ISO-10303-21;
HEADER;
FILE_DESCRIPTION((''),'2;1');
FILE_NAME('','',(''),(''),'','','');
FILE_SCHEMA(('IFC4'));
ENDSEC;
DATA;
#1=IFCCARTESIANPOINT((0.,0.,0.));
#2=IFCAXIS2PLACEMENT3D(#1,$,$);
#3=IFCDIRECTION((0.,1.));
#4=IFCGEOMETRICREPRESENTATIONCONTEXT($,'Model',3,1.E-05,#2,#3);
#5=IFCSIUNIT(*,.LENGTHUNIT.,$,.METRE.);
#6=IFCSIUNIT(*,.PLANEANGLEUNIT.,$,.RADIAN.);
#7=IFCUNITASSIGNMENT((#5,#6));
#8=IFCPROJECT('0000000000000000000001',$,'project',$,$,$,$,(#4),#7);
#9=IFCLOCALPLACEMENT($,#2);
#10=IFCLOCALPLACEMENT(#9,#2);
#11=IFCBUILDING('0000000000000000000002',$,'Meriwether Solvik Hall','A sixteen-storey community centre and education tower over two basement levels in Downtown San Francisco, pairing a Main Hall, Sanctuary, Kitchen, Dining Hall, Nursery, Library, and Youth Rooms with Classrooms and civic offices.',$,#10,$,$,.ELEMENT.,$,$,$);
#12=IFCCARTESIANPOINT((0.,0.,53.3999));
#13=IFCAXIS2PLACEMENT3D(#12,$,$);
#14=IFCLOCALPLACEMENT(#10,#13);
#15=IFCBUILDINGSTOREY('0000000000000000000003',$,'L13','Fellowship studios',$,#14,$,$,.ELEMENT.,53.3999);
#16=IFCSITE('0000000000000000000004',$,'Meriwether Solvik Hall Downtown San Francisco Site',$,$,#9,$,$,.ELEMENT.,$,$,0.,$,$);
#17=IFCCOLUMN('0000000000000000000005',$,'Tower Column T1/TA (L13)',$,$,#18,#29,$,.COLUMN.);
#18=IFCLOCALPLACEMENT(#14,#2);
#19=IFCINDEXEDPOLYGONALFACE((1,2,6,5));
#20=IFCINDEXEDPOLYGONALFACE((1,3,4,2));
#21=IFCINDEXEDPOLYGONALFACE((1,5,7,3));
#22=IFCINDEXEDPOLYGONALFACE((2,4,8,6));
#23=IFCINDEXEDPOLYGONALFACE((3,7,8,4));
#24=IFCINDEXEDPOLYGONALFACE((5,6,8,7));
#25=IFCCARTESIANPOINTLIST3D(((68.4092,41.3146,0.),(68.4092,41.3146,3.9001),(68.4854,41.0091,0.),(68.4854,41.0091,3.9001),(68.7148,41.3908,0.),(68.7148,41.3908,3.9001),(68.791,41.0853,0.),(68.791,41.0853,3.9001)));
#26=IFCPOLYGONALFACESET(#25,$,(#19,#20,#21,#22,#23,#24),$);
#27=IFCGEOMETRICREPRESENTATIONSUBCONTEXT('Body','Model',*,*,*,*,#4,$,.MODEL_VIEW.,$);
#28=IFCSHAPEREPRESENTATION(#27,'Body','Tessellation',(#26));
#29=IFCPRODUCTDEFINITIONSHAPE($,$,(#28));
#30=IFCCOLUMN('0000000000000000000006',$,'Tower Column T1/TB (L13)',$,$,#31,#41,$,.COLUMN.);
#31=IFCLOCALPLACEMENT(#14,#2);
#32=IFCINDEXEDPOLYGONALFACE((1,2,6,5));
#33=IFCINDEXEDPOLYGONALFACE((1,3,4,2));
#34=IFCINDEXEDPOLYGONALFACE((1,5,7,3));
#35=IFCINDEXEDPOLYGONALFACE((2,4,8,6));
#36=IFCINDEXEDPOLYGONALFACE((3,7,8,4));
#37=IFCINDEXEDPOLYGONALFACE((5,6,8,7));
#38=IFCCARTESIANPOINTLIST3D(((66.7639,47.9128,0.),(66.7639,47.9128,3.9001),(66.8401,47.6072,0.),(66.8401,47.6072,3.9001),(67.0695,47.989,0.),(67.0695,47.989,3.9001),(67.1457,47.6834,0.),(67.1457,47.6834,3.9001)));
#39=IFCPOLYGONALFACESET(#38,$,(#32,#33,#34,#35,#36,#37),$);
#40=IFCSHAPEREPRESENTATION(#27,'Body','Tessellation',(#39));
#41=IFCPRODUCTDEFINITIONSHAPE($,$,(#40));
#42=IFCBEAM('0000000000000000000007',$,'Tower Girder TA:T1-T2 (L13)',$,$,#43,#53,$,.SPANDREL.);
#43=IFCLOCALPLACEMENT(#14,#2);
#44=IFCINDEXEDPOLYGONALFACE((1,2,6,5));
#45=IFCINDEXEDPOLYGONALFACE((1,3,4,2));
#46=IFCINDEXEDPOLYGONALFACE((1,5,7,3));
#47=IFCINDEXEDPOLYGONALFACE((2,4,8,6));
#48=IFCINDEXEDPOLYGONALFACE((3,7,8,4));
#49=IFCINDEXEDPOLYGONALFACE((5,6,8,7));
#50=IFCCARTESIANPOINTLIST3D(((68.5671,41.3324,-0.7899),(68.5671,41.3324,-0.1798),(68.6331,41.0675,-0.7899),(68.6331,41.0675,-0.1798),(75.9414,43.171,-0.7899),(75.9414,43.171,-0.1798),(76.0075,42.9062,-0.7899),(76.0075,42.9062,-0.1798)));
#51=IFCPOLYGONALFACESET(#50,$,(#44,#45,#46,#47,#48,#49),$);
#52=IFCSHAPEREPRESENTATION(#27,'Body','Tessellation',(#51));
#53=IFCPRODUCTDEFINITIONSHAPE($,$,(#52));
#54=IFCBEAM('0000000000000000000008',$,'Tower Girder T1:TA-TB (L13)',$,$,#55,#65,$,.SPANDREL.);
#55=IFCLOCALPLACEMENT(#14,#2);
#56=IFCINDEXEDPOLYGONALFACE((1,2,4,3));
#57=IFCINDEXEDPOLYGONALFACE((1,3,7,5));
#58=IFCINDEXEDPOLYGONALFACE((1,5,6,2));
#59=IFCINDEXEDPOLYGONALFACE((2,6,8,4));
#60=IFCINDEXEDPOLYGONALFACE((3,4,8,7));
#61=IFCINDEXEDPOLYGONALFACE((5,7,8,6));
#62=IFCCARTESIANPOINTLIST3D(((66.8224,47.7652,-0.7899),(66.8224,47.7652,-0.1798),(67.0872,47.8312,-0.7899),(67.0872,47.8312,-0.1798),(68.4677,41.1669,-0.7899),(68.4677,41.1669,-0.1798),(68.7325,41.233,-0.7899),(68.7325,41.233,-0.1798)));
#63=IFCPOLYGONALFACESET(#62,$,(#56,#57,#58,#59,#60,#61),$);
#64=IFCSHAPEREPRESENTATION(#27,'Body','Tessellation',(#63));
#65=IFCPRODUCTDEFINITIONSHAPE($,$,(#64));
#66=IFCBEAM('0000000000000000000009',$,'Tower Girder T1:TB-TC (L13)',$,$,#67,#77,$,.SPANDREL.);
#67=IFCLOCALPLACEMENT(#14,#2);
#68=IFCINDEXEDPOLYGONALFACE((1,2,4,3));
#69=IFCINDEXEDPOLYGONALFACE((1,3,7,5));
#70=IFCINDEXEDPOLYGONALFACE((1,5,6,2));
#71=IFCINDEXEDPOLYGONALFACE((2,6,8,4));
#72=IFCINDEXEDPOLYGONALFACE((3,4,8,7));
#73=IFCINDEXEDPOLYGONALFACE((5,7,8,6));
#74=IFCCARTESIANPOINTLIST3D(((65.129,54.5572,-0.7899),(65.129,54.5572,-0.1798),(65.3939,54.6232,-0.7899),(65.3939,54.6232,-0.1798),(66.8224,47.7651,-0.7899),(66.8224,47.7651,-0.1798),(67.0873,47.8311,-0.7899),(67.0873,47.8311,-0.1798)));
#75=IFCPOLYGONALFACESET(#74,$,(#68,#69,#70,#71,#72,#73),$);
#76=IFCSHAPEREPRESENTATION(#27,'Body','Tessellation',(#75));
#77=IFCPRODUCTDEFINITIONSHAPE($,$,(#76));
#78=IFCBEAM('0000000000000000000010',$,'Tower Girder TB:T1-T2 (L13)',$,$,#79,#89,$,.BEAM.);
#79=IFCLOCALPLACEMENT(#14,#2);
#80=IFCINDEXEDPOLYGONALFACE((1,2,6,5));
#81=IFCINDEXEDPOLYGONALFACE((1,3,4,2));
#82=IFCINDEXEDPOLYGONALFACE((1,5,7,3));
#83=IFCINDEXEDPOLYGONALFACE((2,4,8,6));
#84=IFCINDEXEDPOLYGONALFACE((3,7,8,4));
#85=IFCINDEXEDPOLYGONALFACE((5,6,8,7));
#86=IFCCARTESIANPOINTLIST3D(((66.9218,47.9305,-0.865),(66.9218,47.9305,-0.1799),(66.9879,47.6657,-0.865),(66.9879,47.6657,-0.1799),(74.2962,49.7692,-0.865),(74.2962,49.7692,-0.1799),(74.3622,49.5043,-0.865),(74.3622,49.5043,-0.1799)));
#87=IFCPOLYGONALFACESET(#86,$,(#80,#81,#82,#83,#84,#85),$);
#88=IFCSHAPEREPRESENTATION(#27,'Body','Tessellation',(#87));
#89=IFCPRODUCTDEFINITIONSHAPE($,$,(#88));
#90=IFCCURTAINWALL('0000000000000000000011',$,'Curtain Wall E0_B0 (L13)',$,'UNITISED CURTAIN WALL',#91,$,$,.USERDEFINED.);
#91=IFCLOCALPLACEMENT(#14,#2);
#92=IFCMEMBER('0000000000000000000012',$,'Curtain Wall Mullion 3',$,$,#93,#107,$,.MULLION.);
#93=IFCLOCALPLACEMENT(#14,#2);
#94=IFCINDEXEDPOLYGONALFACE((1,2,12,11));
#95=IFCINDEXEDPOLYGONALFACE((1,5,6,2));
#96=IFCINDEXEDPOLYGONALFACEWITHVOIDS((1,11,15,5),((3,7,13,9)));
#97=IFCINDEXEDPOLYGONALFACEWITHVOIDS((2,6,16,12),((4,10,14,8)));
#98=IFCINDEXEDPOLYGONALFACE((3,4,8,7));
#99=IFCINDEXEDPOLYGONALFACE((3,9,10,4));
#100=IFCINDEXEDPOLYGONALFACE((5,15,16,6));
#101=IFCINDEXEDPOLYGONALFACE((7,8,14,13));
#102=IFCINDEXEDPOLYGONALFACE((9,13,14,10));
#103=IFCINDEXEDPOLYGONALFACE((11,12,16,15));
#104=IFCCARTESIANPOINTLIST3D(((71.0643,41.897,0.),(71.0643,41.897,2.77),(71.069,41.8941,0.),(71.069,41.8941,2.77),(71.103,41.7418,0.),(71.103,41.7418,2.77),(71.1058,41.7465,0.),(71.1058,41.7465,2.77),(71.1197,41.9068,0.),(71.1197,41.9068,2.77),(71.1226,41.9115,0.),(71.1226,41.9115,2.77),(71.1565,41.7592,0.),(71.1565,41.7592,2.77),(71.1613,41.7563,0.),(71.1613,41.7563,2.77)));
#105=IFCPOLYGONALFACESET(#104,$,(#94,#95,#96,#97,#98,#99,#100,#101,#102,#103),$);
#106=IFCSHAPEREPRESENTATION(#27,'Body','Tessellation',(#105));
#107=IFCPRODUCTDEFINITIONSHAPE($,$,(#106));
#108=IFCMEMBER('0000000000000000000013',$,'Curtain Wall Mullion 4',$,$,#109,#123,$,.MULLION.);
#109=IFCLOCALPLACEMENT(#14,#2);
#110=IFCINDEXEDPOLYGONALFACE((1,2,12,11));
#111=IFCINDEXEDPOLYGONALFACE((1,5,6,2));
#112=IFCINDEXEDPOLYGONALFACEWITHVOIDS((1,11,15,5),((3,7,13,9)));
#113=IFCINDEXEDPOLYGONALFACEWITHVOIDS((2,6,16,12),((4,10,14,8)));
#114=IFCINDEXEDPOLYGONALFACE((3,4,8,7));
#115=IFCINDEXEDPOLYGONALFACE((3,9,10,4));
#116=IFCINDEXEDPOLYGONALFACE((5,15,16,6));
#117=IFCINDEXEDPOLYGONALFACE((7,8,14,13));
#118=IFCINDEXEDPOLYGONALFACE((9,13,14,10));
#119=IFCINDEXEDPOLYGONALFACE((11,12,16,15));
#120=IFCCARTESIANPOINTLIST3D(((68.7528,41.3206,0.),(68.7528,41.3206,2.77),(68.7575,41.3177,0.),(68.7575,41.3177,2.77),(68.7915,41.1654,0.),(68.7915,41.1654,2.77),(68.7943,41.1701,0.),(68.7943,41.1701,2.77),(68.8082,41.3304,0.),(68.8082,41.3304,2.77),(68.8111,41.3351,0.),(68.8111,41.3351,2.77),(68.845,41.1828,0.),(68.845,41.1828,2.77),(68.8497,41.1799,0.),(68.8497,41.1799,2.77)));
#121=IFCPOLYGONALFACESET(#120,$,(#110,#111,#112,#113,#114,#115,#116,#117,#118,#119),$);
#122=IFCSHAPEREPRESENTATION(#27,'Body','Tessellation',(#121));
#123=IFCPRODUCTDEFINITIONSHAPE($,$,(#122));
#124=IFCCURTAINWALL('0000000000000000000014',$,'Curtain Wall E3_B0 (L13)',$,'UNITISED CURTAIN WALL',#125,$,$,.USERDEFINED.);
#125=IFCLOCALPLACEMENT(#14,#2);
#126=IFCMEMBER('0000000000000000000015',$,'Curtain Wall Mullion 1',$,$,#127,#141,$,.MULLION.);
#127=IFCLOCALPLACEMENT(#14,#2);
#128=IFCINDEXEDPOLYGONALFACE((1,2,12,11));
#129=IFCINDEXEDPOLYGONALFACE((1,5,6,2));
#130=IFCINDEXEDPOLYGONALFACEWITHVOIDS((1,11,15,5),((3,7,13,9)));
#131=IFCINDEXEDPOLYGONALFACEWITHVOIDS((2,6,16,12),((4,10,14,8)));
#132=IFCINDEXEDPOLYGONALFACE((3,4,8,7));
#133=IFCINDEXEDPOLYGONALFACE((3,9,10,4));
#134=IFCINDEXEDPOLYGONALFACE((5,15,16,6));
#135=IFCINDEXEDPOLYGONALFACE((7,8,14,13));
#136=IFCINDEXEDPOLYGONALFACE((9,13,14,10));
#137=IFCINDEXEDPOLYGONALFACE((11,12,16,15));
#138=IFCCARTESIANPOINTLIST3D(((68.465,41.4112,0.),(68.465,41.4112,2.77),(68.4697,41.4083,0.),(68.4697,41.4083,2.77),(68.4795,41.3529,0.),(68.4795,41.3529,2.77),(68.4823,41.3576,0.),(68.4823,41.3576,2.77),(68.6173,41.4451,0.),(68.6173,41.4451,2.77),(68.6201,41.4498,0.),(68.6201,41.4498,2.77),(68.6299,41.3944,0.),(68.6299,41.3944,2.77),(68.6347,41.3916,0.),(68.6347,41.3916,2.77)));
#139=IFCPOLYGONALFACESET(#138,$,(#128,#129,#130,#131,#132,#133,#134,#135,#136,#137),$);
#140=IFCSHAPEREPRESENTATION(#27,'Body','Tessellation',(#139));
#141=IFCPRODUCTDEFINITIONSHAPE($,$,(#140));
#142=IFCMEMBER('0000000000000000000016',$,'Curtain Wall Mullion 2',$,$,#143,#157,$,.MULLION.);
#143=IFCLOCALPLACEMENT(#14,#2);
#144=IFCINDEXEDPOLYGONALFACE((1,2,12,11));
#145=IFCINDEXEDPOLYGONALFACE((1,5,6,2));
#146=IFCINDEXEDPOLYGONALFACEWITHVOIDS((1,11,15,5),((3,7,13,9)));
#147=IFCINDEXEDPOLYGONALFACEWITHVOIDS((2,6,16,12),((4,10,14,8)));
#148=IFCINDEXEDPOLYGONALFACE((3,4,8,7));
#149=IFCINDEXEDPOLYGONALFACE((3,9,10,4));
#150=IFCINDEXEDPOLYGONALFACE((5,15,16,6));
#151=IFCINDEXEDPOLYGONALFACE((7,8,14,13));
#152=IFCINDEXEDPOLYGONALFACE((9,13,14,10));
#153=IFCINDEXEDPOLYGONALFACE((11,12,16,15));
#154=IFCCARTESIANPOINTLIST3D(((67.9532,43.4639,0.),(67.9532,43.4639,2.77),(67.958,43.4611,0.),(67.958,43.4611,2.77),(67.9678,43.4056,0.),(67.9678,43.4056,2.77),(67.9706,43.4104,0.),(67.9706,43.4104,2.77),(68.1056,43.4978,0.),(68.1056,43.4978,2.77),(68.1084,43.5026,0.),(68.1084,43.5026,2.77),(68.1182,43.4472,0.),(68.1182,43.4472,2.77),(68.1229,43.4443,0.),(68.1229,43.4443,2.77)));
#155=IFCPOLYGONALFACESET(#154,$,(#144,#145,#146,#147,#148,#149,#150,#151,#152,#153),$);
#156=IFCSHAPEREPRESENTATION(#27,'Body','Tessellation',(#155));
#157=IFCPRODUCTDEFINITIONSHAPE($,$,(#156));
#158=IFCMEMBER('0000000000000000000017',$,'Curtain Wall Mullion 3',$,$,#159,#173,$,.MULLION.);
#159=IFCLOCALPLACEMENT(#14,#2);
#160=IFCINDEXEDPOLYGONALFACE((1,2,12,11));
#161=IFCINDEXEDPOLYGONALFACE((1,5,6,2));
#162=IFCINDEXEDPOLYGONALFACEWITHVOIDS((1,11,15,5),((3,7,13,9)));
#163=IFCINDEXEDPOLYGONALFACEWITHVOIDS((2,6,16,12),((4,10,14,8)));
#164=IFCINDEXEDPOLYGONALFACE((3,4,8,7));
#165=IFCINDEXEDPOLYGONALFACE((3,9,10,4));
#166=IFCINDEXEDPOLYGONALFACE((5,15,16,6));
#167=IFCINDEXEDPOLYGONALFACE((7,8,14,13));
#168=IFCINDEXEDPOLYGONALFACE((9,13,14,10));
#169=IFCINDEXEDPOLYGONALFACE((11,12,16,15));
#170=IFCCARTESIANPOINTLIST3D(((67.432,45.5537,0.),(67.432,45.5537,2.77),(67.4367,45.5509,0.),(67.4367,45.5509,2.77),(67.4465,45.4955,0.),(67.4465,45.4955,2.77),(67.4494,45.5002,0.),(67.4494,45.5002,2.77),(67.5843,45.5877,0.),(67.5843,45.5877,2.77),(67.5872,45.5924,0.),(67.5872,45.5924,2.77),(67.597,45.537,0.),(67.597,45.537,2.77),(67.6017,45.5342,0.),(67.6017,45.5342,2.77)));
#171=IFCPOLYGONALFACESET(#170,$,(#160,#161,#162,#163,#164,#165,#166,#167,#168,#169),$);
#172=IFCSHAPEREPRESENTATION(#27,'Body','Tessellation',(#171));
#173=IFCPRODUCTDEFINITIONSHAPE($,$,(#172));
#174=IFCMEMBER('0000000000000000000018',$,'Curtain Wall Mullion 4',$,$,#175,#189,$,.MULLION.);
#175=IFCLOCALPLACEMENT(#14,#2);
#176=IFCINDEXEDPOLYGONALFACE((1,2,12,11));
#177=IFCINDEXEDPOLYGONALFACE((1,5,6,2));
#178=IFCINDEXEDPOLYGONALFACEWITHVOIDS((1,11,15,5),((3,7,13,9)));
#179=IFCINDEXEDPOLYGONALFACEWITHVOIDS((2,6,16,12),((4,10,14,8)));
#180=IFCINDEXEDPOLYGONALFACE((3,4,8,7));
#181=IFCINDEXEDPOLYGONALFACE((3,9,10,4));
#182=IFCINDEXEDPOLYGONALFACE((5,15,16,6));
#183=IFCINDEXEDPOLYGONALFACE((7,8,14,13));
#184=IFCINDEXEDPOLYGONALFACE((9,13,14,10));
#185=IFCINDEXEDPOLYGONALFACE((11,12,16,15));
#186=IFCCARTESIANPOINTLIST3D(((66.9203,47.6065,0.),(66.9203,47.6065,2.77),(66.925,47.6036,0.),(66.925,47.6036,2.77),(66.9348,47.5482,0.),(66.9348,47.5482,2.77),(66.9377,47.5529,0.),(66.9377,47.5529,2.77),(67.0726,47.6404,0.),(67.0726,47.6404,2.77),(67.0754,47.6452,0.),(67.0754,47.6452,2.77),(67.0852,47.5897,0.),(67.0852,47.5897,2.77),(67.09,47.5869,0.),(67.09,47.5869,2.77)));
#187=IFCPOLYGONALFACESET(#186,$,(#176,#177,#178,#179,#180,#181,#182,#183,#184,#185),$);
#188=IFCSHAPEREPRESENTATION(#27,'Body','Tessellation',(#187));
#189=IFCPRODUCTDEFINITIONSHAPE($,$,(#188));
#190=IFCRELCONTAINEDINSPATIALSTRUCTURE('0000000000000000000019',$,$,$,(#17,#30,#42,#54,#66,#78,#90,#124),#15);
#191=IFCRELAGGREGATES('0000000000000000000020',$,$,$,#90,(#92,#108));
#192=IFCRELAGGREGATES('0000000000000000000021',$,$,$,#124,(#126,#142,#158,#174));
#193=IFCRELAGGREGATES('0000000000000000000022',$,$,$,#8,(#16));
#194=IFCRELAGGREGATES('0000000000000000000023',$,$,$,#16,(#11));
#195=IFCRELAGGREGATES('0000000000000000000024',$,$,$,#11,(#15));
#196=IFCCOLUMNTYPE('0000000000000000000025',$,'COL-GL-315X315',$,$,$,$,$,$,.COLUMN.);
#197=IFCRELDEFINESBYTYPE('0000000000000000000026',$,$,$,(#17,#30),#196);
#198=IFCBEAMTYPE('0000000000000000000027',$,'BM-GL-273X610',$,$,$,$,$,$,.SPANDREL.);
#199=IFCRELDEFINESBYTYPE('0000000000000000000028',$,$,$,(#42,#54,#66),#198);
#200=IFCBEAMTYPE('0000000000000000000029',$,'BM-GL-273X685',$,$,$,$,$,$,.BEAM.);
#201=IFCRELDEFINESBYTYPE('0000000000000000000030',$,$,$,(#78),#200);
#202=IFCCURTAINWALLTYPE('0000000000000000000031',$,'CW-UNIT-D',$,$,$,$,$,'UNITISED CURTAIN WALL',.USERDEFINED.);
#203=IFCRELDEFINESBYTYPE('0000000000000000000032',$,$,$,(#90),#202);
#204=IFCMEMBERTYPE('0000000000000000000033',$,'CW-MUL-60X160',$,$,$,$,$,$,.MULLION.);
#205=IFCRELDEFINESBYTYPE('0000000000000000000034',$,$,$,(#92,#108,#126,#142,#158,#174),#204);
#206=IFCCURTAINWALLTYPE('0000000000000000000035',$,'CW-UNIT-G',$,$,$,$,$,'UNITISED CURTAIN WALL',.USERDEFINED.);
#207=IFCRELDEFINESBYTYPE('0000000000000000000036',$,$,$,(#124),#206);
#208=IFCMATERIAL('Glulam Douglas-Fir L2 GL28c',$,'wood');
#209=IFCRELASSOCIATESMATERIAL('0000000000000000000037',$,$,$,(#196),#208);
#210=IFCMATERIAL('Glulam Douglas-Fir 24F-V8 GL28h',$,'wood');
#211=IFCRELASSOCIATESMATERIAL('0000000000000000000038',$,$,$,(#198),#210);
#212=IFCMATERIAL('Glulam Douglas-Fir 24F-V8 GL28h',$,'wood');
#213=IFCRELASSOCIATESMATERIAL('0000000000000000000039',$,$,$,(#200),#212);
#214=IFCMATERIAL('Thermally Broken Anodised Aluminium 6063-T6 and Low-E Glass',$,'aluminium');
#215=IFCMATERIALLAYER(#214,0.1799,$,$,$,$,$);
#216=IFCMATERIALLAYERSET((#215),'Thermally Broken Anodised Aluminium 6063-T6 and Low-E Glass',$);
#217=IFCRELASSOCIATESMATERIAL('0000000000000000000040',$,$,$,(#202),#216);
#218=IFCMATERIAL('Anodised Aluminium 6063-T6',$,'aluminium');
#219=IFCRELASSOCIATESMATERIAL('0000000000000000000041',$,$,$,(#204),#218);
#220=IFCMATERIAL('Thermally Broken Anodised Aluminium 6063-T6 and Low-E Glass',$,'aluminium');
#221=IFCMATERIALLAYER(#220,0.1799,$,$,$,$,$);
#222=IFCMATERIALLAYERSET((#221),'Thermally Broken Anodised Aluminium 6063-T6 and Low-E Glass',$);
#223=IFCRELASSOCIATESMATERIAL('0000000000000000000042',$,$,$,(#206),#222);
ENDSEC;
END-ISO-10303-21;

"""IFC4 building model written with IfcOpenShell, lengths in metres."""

from ifc_helpers import new_model, si_unit, direction, frame, origin, origin_2d, place, context, subcontext, project, spatial, rectangle, hollow_rectangle, extrude, material, layer, layer_set, material_profile, profile_set, type_object, element, aggregate, save


model = new_model("IFC4")

# Units and contexts
model_context = context("Model", 3, precision=1e-05, world=origin(), true_north=direction((0.0, 1.0)))
body_context = subcontext(model_context, "Body", "Model", "MODEL_VIEW")
ifc_project = project(units=[si_unit("LENGTHUNIT", "METRE"), si_unit("PLANEANGLEUNIT", "RADIAN")], contexts=[model_context])

# Site, building, storey
site_placement = place(None, origin())
site = spatial("IfcSite", under=ifc_project, at=site_placement, Name="Meriwether Solvik Hall Downtown San Francisco Site", CompositionType="ELEMENT", RefElevation=0.0)
building_placement = place(site_placement, origin())
building = spatial("IfcBuilding", under=site, at=building_placement, Name="Meriwether Solvik Hall", Description="A sixteen-storey community centre and education tower over two basement levels in Downtown San Francisco, pairing a Main Hall, Sanctuary, Kitchen, Dining Hall, Nursery, Library, and Youth Rooms with Classrooms and civic offices.", CompositionType="ELEMENT")
storey_placement = place(building_placement, frame((0.0, 0.0, 53.3999)))
storey = spatial("IfcBuildingStorey", under=building, at=storey_placement, Name="L13", Description="Fellowship studios", CompositionType="ELEMENT", Elevation=53.3999)

# Columns
ifc_material_1 = material(Name="Glulam Douglas-Fir L2 GL28c", Category="wood")
ifc_material_profile_1 = material_profile(ifc_material_1, rectangle(XDim=0.3149, YDim=0.3149, at=origin_2d()), Name="GLC-315X315")
ifc_profile_set_1 = profile_set([ifc_material_profile_1], Name="Glulam Douglas-Fir L2 GL28c")
column_type = type_object("IfcColumnType", Name="COL-GL-315X315", PredefinedType="COLUMN", material=ifc_profile_set_1)
for number, where, z_axis, x_axis, name in (
    (1, (68.6001, 41.2, 0.0), (0.0, 0.0, 1.0), (0.970296, 0.241922, 0.0), "Tower Column T1/TA (L13)"),
    (2, (66.9548, 47.7981, 0.0), (0.0, 0.0, 1.0), (0.970296, 0.241922, 0.0), "Tower Column T1/TB (L13)"),
):
    element("IfcColumn", number, at=place(storey_placement, frame(where, z_axis=z_axis, x_axis=x_axis)), inside=storey, type_object=column_type, Name=name, PredefinedType="COLUMN", context=body_context, shape_type="SweptSolid", body=[
        extrude(rectangle(XDim=0.3149, YDim=0.3149, at=origin_2d()), origin(), (0.0, 0.0, 1.0), 3.9001),
    ])

# Beams
ifc_material_2 = material(Name="Glulam Douglas-Fir 24F-V8 GL28h", Category="wood")
ifc_material_profile_2 = material_profile(ifc_material_2, rectangle(XDim=0.2729, YDim=0.6101, at=origin_2d()), Name="GLB-273X610")
ifc_profile_set_2 = profile_set([ifc_material_profile_2], Name="Glulam Douglas-Fir 24F-V8 GL28h")
beam_type_1 = type_object("IfcBeamType", Name="BM-GL-273X610", PredefinedType="SPANDREL", material=ifc_profile_set_2)
beam_1_placement = place(storey_placement, frame((68.6001, 41.2, -0.4849), z_axis=(0.970295, 0.241923, 0.0), x_axis=(-0.241923, 0.970295, 0.0)))
element("IfcBeam", 3, at=beam_1_placement, inside=storey, type_object=beam_type_1, Name="Tower Girder TA:T1-T2 (L13)", PredefinedType="SPANDREL", context=body_context, shape_type="SweptSolid", body=[
    extrude(rectangle(XDim=0.2729, YDim=0.6101, at=origin_2d()), origin(), (0.0, 0.0, 1.0), 7.6001),
])
beam_2_placement = place(storey_placement, frame((68.6001, 41.2, -0.4849), z_axis=(-0.241944, 0.97029, 0.0), x_axis=(-0.97029, -0.241944, 0.0)))
element("IfcBeam", 4, at=beam_2_placement, inside=storey, type_object=beam_type_1, Name="Tower Girder T1:TA-TB (L13)", PredefinedType="SPANDREL", context=body_context, shape_type="SweptSolid", body=[
    extrude(rectangle(XDim=0.2729, YDim=0.6101, at=origin_2d()), origin(), (0.0, 0.0, 1.0), 6.8003),
])
beam_3_placement = place(storey_placement, frame((66.9548, 47.7981, -0.4849), z_axis=(-0.241912, 0.970298, 0.0), x_axis=(-0.970298, -0.241912, 0.0)))
element("IfcBeam", 5, at=beam_3_placement, inside=storey, type_object=beam_type_1, Name="Tower Girder T1:TB-TC (L13)", PredefinedType="SPANDREL", context=body_context, shape_type="SweptSolid", body=[
    extrude(rectangle(XDim=0.2729, YDim=0.6101, at=origin_2d()), origin(), (0.0, 0.0, 1.0), 7.0),
])
ifc_material_3 = material(Name="Glulam Douglas-Fir 24F-V8 GL28h", Category="wood")
ifc_material_profile_3 = material_profile(ifc_material_3, rectangle(XDim=0.2729, YDim=0.6851, at=origin_2d()), Name="GLB-273X685")
ifc_profile_set_3 = profile_set([ifc_material_profile_3], Name="Glulam Douglas-Fir 24F-V8 GL28h")
beam_type_2 = type_object("IfcBeamType", Name="BM-GL-273X685", PredefinedType="BEAM", material=ifc_profile_set_3)
beam_4_placement = place(storey_placement, frame((66.9548, 47.7981, -0.5225), z_axis=(0.970295, 0.241923, 0.0), x_axis=(-0.241923, 0.970295, 0.0)))
element("IfcBeam", 6, at=beam_4_placement, inside=storey, type_object=beam_type_2, Name="Tower Girder TB:T1-T2 (L13)", PredefinedType="BEAM", context=body_context, shape_type="SweptSolid", body=[
    extrude(rectangle(XDim=0.2729, YDim=0.6851, at=origin_2d()), origin(), (0.0, 0.0, 1.0), 7.6001),
])

# Curtain walls, members
ifc_material_4 = material(Name="Thermally Broken Anodised Aluminium 6063-T6 and Low-E Glass", Category="aluminium")
ifc_layer_1 = layer(ifc_material_4, 0.1799)
ifc_layer_set_1 = layer_set([ifc_layer_1], Name="Thermally Broken Anodised Aluminium 6063-T6 and Low-E Glass")
curtain_wall_type_1 = type_object("IfcCurtainWallType", Name="CW-UNIT-D", ElementType="UNITISED CURTAIN WALL", PredefinedType="USERDEFINED", material=ifc_layer_set_1)
curtain_wall_1_placement = place(storey_placement, origin())
curtain_wall_1 = element("IfcCurtainWall", 7, at=curtain_wall_1_placement, inside=storey, type_object=curtain_wall_type_1, Name="Curtain Wall E0_B0 (L13)", ObjectType="UNITISED CURTAIN WALL", PredefinedType="USERDEFINED")
ifc_material_5 = material(Name="Anodised Aluminium 6063-T6", Category="aluminium")
ifc_material_profile_4 = material_profile(ifc_material_5, hollow_rectangle(XDim=0.0601, YDim=0.1599, WallThickness=0.0039, at=origin_2d()), Name="CWM-60X160")
ifc_profile_set_4 = profile_set([ifc_material_profile_4], Name="Anodised Aluminium 6063-T6")
member_type_1 = type_object("IfcMemberType", Name="CW-MUL-60X160", PredefinedType="MULLION", material=ifc_profile_set_4)
member_1_placement = place(storey_placement, frame((71.1128, 41.8267, 0.0), z_axis=(0.0, 0.0, 1.0), x_axis=(-0.970296, -0.241922, 0.0)))
member_1 = element("IfcMember", 8, at=member_1_placement, type_object=member_type_1, Name="Curtain Wall Mullion 3", PredefinedType="MULLION", context=body_context, shape_type="SweptSolid", body=[
    extrude(hollow_rectangle(XDim=0.0601, YDim=0.1599, WallThickness=0.0039, at=origin_2d()), origin(), (0.0, 0.0, 1.0), 2.77),
])
member_2_placement = place(storey_placement, frame((68.8013, 41.2502, 0.0), z_axis=(0.0, 0.0, 1.0), x_axis=(-0.970296, -0.241922, 0.0)))
member_2 = element("IfcMember", 9, at=member_2_placement, type_object=member_type_1, Name="Curtain Wall Mullion 4", PredefinedType="MULLION", context=body_context, shape_type="SweptSolid", body=[
    extrude(hollow_rectangle(XDim=0.0601, YDim=0.1599, WallThickness=0.0039, at=origin_2d()), origin(), (0.0, 0.0, 1.0), 2.77),
])
ifc_material_6 = material(Name="Thermally Broken Anodised Aluminium 6063-T6 and Low-E Glass", Category="aluminium")
ifc_layer_2 = layer(ifc_material_6, 0.1799)
ifc_layer_set_2 = layer_set([ifc_layer_2], Name="Thermally Broken Anodised Aluminium 6063-T6 and Low-E Glass")
curtain_wall_type_2 = type_object("IfcCurtainWallType", Name="CW-UNIT-G", ElementType="UNITISED CURTAIN WALL", PredefinedType="USERDEFINED", material=ifc_layer_set_2)
curtain_wall_2_placement = place(storey_placement, origin())
curtain_wall_2 = element("IfcCurtainWall", 10, at=curtain_wall_2_placement, inside=storey, type_object=curtain_wall_type_2, Name="Curtain Wall E3_B0 (L13)", ObjectType="UNITISED CURTAIN WALL", PredefinedType="USERDEFINED")
member_3_placement = place(storey_placement, frame((68.5498, 41.4014, 0.0), z_axis=(0.0, 0.0, 1.0), x_axis=(-0.241922, 0.970296, 0.0)))
member_3 = element("IfcMember", 11, at=member_3_placement, type_object=member_type_1, Name="Curtain Wall Mullion 1", PredefinedType="MULLION", context=body_context, shape_type="SweptSolid", body=[
    extrude(hollow_rectangle(XDim=0.0601, YDim=0.1599, WallThickness=0.0039, at=origin_2d()), origin(), (0.0, 0.0, 1.0), 2.77),
])
member_4_placement = place(storey_placement, frame((68.0381, 43.4541, 0.0), z_axis=(0.0, 0.0, 1.0), x_axis=(-0.241922, 0.970296, 0.0)))
member_4 = element("IfcMember", 12, at=member_4_placement, type_object=member_type_1, Name="Curtain Wall Mullion 2", PredefinedType="MULLION", context=body_context, shape_type="SweptSolid", body=[
    extrude(hollow_rectangle(XDim=0.0601, YDim=0.1599, WallThickness=0.0039, at=origin_2d()), origin(), (0.0, 0.0, 1.0), 2.77),
])
member_5_placement = place(storey_placement, frame((67.5168, 45.5439, 0.0), z_axis=(0.0, 0.0, 1.0), x_axis=(-0.241922, 0.970296, 0.0)))
member_5 = element("IfcMember", 13, at=member_5_placement, type_object=member_type_1, Name="Curtain Wall Mullion 3", PredefinedType="MULLION", context=body_context, shape_type="SweptSolid", body=[
    extrude(hollow_rectangle(XDim=0.0601, YDim=0.1599, WallThickness=0.0039, at=origin_2d()), origin(), (0.0, 0.0, 1.0), 2.77),
])
member_6_placement = place(storey_placement, frame((67.0051, 47.5967, 0.0), z_axis=(0.0, 0.0, 1.0), x_axis=(-0.241922, 0.970296, 0.0)))
member_6 = element("IfcMember", 14, at=member_6_placement, type_object=member_type_1, Name="Curtain Wall Mullion 4", PredefinedType="MULLION", context=body_context, shape_type="SweptSolid", body=[
    extrude(hollow_rectangle(XDim=0.0601, YDim=0.1599, WallThickness=0.0039, at=origin_2d()), origin(), (0.0, 0.0, 1.0), 2.77),
])

aggregate(curtain_wall_1, [member_1, member_2])
aggregate(curtain_wall_2, [member_3, member_4, member_5, member_6])

save(model, "model.ifc")
